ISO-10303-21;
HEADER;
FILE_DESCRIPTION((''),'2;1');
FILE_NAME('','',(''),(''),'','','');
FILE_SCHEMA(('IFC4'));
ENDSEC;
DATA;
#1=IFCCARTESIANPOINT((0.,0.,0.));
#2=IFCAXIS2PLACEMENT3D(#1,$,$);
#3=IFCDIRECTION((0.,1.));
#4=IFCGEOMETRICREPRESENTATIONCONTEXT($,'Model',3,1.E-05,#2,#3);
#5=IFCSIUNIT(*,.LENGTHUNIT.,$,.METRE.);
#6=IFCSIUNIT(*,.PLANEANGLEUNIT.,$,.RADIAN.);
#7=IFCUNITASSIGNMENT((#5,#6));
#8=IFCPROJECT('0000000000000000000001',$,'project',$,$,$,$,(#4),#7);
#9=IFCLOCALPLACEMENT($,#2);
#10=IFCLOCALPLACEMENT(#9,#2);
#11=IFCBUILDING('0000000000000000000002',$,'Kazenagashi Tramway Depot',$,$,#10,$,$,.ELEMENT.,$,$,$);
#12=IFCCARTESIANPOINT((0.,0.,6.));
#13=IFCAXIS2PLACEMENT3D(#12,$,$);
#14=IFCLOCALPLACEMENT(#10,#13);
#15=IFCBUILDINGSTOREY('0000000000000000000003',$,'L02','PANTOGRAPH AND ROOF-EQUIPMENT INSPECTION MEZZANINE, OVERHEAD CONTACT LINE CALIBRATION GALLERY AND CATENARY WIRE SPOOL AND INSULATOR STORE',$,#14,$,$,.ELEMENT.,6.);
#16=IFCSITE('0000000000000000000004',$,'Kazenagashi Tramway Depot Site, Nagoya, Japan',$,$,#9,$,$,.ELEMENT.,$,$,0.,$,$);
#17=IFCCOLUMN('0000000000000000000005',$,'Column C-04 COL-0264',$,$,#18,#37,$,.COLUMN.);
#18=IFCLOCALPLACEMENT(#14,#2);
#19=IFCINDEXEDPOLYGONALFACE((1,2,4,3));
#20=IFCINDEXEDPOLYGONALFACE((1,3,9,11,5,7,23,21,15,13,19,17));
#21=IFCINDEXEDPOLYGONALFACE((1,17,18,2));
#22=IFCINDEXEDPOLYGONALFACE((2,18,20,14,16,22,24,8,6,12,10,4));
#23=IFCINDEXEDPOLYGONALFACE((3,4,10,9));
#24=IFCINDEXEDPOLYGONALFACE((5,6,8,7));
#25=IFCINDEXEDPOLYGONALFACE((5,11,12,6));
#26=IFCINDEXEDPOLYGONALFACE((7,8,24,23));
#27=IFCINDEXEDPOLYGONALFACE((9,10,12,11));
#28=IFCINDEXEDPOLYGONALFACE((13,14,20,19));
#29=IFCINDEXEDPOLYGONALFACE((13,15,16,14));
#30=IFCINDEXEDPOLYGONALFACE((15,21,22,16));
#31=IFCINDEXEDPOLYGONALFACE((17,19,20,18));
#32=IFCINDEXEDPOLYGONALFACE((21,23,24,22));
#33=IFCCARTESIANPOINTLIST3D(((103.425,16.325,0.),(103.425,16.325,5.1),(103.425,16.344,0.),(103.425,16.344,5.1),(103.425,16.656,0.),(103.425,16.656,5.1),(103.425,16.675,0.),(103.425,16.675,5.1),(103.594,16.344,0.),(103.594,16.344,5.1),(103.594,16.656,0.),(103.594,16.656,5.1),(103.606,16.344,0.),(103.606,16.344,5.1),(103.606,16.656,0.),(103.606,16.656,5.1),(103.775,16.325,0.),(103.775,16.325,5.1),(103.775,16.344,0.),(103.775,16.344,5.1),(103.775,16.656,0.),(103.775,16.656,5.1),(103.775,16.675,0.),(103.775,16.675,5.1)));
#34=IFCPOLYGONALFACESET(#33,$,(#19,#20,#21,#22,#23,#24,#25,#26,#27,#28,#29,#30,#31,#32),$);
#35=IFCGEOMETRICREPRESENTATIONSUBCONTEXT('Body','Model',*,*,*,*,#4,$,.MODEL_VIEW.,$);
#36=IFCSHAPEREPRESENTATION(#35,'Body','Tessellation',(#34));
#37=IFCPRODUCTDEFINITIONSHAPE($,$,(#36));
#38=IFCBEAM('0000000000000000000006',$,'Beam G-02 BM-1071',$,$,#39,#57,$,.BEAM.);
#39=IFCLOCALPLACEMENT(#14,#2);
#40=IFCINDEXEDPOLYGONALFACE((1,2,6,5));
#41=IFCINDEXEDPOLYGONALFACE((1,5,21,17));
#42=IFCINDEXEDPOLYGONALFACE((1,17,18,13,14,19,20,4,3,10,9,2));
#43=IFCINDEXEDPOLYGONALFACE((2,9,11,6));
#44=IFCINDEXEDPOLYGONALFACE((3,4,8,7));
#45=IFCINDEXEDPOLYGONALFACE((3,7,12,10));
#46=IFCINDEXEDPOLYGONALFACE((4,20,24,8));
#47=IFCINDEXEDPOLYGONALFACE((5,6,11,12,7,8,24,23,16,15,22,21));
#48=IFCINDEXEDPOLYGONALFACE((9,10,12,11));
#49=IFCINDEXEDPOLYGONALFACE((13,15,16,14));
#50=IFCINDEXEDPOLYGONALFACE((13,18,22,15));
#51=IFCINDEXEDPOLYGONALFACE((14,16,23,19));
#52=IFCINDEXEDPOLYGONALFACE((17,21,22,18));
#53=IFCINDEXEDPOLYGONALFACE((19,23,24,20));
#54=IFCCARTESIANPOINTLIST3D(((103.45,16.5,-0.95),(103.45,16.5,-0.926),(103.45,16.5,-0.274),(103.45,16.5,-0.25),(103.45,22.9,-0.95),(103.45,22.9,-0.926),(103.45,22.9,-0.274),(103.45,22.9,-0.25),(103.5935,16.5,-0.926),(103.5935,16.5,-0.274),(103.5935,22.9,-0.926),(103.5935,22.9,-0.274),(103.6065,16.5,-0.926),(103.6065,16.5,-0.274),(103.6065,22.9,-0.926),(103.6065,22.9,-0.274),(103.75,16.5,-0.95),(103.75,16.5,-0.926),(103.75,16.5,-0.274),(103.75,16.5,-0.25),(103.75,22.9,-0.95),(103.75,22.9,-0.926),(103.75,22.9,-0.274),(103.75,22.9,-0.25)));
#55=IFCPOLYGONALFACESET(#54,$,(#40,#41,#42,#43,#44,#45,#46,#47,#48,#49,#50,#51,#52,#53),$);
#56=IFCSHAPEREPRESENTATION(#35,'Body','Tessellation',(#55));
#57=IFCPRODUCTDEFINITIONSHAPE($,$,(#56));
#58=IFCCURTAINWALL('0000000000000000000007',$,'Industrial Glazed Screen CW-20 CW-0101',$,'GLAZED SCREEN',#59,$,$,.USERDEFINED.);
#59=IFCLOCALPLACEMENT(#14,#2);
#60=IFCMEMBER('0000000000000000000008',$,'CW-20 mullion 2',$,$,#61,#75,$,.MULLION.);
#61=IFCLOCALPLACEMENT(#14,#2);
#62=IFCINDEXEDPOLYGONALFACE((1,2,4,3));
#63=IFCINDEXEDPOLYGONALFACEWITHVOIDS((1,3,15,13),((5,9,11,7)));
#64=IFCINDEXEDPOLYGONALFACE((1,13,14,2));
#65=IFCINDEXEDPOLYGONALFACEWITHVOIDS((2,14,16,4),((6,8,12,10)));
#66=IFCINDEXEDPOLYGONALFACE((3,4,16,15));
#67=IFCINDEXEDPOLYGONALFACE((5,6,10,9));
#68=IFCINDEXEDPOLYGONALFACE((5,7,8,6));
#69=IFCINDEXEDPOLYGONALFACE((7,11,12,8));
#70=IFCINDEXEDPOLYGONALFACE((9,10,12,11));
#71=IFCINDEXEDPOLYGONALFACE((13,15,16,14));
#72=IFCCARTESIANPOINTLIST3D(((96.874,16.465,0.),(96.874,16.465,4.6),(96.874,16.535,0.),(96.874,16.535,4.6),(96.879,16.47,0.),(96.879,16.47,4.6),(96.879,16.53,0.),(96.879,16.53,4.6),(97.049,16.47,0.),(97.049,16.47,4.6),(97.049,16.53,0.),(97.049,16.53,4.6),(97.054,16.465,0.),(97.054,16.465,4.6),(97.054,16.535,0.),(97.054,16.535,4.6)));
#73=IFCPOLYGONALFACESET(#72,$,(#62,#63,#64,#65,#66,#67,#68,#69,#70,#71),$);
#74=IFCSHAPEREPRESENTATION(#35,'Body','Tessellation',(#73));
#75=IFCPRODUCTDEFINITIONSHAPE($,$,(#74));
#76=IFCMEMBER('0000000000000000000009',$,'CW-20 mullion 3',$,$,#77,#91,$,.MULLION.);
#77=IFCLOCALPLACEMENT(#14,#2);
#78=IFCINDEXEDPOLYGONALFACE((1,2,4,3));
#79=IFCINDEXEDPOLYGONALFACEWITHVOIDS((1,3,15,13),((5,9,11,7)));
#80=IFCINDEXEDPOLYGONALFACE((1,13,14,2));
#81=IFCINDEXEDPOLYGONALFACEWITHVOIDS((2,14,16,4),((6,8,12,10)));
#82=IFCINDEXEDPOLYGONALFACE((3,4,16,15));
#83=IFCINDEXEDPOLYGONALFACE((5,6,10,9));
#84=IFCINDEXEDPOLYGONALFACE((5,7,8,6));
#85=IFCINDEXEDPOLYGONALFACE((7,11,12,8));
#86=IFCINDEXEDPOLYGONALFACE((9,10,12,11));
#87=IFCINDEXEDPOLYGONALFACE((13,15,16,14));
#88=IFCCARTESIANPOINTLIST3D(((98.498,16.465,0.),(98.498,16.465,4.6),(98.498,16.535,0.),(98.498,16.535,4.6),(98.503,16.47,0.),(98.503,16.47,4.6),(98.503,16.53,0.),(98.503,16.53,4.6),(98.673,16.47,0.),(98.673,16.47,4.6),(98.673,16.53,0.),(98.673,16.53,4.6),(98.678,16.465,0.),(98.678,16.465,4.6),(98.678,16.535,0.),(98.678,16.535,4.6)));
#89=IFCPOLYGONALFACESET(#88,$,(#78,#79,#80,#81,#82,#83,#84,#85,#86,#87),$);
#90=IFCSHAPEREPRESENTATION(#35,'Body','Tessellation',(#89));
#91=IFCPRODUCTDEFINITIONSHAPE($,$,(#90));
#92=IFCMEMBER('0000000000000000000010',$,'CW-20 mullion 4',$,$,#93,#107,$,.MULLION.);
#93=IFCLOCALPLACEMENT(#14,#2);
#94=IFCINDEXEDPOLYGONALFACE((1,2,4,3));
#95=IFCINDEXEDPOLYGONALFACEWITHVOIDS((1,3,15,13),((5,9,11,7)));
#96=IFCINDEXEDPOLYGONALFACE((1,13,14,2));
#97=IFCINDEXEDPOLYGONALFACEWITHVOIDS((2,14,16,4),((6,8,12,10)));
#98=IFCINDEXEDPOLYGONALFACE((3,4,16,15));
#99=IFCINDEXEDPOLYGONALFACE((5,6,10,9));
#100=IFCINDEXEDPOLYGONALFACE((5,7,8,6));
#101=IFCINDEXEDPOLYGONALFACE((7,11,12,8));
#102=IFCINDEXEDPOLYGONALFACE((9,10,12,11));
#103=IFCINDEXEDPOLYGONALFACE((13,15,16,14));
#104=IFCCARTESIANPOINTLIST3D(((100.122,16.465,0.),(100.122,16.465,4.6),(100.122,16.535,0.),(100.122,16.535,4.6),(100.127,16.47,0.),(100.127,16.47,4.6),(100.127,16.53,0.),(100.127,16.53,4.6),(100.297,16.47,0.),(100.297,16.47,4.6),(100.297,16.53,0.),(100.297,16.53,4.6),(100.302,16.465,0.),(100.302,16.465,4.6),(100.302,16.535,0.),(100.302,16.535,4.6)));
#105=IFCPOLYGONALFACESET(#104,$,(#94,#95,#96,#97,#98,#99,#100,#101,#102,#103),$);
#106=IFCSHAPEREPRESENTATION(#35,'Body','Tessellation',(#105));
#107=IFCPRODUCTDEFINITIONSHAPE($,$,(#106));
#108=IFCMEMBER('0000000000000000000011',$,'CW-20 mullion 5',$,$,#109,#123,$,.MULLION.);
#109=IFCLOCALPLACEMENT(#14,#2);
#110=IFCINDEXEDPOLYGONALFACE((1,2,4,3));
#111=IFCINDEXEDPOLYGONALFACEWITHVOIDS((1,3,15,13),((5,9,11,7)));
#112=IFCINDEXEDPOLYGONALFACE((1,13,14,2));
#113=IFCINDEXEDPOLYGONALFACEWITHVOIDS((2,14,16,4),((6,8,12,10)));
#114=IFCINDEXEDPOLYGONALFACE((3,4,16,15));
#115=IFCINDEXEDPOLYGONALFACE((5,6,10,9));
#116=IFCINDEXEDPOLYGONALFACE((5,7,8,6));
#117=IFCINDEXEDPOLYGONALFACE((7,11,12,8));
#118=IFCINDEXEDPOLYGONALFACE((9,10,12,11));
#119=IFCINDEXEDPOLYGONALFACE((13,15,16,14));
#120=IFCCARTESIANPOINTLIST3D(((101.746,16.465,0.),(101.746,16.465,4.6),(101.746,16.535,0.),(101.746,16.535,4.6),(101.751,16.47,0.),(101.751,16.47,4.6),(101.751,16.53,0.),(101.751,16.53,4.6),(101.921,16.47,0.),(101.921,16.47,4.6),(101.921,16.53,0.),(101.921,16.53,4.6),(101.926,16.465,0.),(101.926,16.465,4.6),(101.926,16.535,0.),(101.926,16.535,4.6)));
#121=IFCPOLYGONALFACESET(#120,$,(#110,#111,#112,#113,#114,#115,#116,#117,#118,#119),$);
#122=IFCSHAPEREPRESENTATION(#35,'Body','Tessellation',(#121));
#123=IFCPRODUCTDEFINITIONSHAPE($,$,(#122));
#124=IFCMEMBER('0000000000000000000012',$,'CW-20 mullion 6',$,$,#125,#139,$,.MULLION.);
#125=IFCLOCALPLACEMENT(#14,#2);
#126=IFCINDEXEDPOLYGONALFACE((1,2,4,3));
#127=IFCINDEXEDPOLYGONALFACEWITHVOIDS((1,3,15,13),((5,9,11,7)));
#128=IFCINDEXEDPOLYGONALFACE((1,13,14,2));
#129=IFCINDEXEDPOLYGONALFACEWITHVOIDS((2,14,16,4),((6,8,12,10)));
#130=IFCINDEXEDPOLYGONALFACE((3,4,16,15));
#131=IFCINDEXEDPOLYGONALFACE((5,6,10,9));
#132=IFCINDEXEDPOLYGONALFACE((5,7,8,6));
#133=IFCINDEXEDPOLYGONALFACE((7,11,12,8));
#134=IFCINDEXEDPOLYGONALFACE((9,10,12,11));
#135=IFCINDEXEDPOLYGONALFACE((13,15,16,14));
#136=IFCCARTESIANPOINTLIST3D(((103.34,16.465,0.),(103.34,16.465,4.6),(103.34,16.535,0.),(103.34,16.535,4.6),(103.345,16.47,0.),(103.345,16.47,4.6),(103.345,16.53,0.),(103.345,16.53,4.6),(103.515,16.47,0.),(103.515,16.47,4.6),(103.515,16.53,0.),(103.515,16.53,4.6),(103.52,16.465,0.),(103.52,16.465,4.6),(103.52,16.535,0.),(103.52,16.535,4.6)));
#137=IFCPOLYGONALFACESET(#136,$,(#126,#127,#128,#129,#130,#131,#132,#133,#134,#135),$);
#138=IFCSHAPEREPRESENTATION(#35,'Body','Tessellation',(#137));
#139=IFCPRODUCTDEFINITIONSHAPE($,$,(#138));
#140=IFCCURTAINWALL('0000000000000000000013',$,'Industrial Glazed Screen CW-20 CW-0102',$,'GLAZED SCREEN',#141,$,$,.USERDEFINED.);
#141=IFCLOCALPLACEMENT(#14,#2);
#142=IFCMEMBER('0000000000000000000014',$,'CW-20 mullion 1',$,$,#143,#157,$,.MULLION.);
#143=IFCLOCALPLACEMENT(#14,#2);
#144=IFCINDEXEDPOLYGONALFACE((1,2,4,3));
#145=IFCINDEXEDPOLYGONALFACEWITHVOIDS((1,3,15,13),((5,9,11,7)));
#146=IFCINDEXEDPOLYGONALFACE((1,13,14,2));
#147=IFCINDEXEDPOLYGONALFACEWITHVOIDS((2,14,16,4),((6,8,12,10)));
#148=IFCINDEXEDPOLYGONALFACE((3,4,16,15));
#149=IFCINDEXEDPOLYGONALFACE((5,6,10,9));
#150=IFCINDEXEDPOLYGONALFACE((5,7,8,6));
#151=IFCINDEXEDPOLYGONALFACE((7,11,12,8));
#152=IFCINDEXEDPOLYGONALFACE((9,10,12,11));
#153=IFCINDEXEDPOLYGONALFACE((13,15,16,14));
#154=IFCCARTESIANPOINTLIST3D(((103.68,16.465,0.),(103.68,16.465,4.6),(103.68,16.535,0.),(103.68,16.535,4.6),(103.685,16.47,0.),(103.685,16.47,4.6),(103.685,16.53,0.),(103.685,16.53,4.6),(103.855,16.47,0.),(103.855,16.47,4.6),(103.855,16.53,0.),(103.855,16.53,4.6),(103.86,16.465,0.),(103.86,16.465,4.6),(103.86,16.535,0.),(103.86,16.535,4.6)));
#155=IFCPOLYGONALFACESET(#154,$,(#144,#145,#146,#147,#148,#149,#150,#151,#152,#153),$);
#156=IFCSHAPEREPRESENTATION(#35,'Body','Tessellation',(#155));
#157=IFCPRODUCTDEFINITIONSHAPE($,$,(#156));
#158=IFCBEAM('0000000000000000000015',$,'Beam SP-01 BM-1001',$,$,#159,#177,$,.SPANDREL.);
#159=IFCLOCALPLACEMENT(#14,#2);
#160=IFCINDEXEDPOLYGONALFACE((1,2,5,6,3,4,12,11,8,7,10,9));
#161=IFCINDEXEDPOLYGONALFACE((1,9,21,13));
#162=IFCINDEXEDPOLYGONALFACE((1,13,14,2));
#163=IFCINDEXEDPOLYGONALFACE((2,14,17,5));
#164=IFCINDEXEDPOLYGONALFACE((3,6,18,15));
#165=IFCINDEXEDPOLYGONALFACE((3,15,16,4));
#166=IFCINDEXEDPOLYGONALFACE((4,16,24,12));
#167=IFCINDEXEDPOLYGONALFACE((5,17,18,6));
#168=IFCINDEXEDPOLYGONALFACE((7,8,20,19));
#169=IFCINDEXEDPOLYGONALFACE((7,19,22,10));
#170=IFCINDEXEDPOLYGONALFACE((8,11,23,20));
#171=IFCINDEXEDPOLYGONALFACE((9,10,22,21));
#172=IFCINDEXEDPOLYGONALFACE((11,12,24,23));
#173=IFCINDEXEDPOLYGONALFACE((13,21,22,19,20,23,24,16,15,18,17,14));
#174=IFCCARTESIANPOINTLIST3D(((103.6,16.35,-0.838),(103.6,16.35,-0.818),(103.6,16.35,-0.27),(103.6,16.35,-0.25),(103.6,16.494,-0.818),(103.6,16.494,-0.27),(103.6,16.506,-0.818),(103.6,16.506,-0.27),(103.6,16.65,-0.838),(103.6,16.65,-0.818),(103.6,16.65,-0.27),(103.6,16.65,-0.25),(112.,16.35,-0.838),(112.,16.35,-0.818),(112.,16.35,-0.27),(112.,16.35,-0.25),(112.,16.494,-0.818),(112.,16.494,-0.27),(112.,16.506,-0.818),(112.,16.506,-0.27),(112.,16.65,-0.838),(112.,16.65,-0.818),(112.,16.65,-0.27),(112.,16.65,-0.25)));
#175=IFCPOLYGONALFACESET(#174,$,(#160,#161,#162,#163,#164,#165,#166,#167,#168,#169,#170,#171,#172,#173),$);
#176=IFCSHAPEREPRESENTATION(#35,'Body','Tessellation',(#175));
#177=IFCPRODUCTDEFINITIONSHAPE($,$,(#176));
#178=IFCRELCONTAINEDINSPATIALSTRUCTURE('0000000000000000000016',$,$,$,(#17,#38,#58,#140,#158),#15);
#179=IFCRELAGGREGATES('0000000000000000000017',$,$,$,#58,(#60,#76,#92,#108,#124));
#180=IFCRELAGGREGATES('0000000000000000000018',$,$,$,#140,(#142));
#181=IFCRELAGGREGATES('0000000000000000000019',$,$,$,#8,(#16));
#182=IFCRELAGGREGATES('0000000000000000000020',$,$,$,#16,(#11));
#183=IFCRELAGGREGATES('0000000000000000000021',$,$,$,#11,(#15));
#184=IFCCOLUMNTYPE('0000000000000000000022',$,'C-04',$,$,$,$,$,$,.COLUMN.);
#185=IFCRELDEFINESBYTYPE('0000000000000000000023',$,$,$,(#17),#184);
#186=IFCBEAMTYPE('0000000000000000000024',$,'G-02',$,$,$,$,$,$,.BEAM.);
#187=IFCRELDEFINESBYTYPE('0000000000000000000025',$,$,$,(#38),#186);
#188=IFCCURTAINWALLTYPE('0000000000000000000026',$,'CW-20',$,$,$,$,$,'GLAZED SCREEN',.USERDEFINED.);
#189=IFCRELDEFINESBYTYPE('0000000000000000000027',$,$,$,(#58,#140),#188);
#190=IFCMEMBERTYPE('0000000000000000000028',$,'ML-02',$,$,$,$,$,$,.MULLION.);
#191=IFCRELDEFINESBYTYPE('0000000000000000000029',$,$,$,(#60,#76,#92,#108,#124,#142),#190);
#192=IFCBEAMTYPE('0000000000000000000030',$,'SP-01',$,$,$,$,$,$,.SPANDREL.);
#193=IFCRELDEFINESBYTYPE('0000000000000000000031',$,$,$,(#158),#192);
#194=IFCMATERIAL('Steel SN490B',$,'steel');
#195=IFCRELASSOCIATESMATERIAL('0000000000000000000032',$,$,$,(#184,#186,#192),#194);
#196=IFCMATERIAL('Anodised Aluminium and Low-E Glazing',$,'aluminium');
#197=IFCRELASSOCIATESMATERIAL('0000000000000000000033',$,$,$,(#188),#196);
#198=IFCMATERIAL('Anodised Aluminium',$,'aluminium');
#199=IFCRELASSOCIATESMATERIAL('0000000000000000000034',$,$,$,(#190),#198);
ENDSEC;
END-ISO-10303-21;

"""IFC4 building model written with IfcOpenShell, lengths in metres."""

from ifc_helpers import new_model, si_unit, direction, frame, origin, origin_2d, place, context, subcontext, project, spatial, hollow_rectangle, i_section, extrude, material, material_profile, profile_set, type_object, element, aggregate, save


model = new_model("IFC4")

# Units and contexts
model_context = context("Model", 3, precision=1e-05, world=origin(), true_north=direction((0.0, 1.0)))
body_context = subcontext(model_context, "Body", "Model", "MODEL_VIEW")
ifc_project = project(units=[si_unit("LENGTHUNIT", "METRE"), si_unit("PLANEANGLEUNIT", "RADIAN")], contexts=[model_context])

# Site, building, storey
site_placement = place(None, origin())
site = spatial("IfcSite", under=ifc_project, at=site_placement, Name="Kazenagashi Tramway Depot Site, Nagoya, Japan", CompositionType="ELEMENT", RefElevation=0.0)
building_placement = place(site_placement, origin())
building = spatial("IfcBuilding", under=site, at=building_placement, Name="Kazenagashi Tramway Depot", CompositionType="ELEMENT")
storey_placement = place(building_placement, frame((0.0, 0.0, 6.0)))
storey = spatial("IfcBuildingStorey", under=building, at=storey_placement, Name="L02", Description="PANTOGRAPH AND ROOF-EQUIPMENT INSPECTION MEZZANINE, OVERHEAD CONTACT LINE CALIBRATION GALLERY AND CATENARY WIRE SPOOL AND INSULATOR STORE", CompositionType="ELEMENT", Elevation=6.0)

# Column
ifc_material_1 = material(Name="Steel SN490B", Category="steel")
ifc_material_profile_1 = material_profile(ifc_material_1, i_section(OverallWidth=0.35, OverallDepth=0.35, WebThickness=0.012, FlangeThickness=0.019, at=origin_2d()), Name="H-350x350x12x19")
ifc_profile_set_1 = profile_set([ifc_material_profile_1], Name="Steel SN490B")
column_type = type_object("IfcColumnType", Name="C-04", PredefinedType="COLUMN", material=ifc_profile_set_1)
column_placement = place(storey_placement, frame((103.6, 16.5, 0.0), z_axis=(0.0, 0.0, 1.0), x_axis=(1.0, 0.0, 0.0)))
element("IfcColumn", 1, at=column_placement, inside=storey, type_object=column_type, Name="Column C-04 COL-0264", PredefinedType="COLUMN", context=body_context, shape_type="SweptSolid", body=[
    extrude(i_section(OverallWidth=0.35, OverallDepth=0.35, WebThickness=0.012, FlangeThickness=0.019, at=origin_2d()), origin(), (0.0, 0.0, 1.0), 5.1),
])

# Beam
ifc_material_profile_2 = material_profile(ifc_material_1, i_section(OverallWidth=0.3, OverallDepth=0.7, WebThickness=0.013, FlangeThickness=0.024, at=origin_2d()), Name="H-700x300x13x24")
ifc_profile_set_2 = profile_set([ifc_material_profile_2], Name="Steel SN490B")
beam_type_1 = type_object("IfcBeamType", Name="G-02", PredefinedType="BEAM", material=ifc_profile_set_2)
beam_1_placement = place(storey_placement, frame((103.6, 16.5, -0.6), z_axis=(0.0, 1.0, 0.0), x_axis=(-1.0, 0.0, 0.0)))
element("IfcBeam", 2, at=beam_1_placement, inside=storey, type_object=beam_type_1, Name="Beam G-02 BM-1071", PredefinedType="BEAM", context=body_context, shape_type="SweptSolid", body=[
    extrude(i_section(OverallWidth=0.3, OverallDepth=0.7, WebThickness=0.013, FlangeThickness=0.024, at=origin_2d()), origin(), (0.0, 0.0, 1.0), 6.4),
])

# Curtain wall, members
ifc_material_2 = material(Name="Anodised Aluminium and Low-E Glazing", Category="aluminium")
curtain_wall_type = type_object("IfcCurtainWallType", Name="CW-20", ElementType="GLAZED SCREEN", PredefinedType="USERDEFINED", material=ifc_material_2)
curtain_wall_1_placement = place(storey_placement, origin())
curtain_wall_1 = element("IfcCurtainWall", 3, at=curtain_wall_1_placement, inside=storey, type_object=curtain_wall_type, Name="Industrial Glazed Screen CW-20 CW-0101", ObjectType="GLAZED SCREEN", PredefinedType="USERDEFINED")
ifc_material_3 = material(Name="Anodised Aluminium", Category="aluminium")
ifc_material_profile_3 = material_profile(ifc_material_3, hollow_rectangle(XDim=0.07, YDim=0.18, WallThickness=0.005, at=origin_2d()), Name="RHS-180x70x5")
ifc_profile_set_3 = profile_set([ifc_material_profile_3], Name="Anodised Aluminium")
member_type_1 = type_object("IfcMemberType", Name="ML-02", PredefinedType="MULLION", material=ifc_profile_set_3)
member_1_placement = place(storey_placement, frame((96.964, 16.5, 0.0), z_axis=(0.0, 0.0, 1.0), x_axis=(0.0, 1.0, 0.0)))
member_1 = element("IfcMember", 4, at=member_1_placement, type_object=member_type_1, Name="CW-20 mullion 2", PredefinedType="MULLION", context=body_context, shape_type="SweptSolid", body=[
    extrude(hollow_rectangle(XDim=0.07, YDim=0.18, WallThickness=0.005, at=origin_2d()), origin(), (0.0, 0.0, 1.0), 4.6),
])
member_2_placement = place(storey_placement, frame((98.588, 16.5, 0.0), z_axis=(0.0, 0.0, 1.0), x_axis=(0.0, 1.0, 0.0)))
member_2 = element("IfcMember", 5, at=member_2_placement, type_object=member_type_1, Name="CW-20 mullion 3", PredefinedType="MULLION", context=body_context, shape_type="SweptSolid", body=[
    extrude(hollow_rectangle(XDim=0.07, YDim=0.18, WallThickness=0.005, at=origin_2d()), origin(), (0.0, 0.0, 1.0), 4.6),
])
member_3_placement = place(storey_placement, frame((100.212, 16.5, 0.0), z_axis=(0.0, 0.0, 1.0), x_axis=(0.0, 1.0, 0.0)))
member_3 = element("IfcMember", 6, at=member_3_placement, type_object=member_type_1, Name="CW-20 mullion 4", PredefinedType="MULLION", context=body_context, shape_type="SweptSolid", body=[
    extrude(hollow_rectangle(XDim=0.07, YDim=0.18, WallThickness=0.005, at=origin_2d()), origin(), (0.0, 0.0, 1.0), 4.6),
])
member_4_placement = place(storey_placement, frame((101.836, 16.5, 0.0), z_axis=(0.0, 0.0, 1.0), x_axis=(0.0, 1.0, 0.0)))
member_4 = element("IfcMember", 7, at=member_4_placement, type_object=member_type_1, Name="CW-20 mullion 5", PredefinedType="MULLION", context=body_context, shape_type="SweptSolid", body=[
    extrude(hollow_rectangle(XDim=0.07, YDim=0.18, WallThickness=0.005, at=origin_2d()), origin(), (0.0, 0.0, 1.0), 4.6),
])
member_5_placement = place(storey_placement, frame((103.43, 16.5, 0.0), z_axis=(0.0, 0.0, 1.0), x_axis=(0.0, 1.0, 0.0)))
member_5 = element("IfcMember", 8, at=member_5_placement, type_object=member_type_1, Name="CW-20 mullion 6", PredefinedType="MULLION", context=body_context, shape_type="SweptSolid", body=[
    extrude(hollow_rectangle(XDim=0.07, YDim=0.18, WallThickness=0.005, at=origin_2d()), origin(), (0.0, 0.0, 1.0), 4.6),
])

# Curtain wall, member
curtain_wall_2_placement = place(storey_placement, origin())
curtain_wall_2 = element("IfcCurtainWall", 9, at=curtain_wall_2_placement, inside=storey, type_object=curtain_wall_type, Name="Industrial Glazed Screen CW-20 CW-0102", ObjectType="GLAZED SCREEN", PredefinedType="USERDEFINED")
member_6_placement = place(storey_placement, frame((103.77, 16.5, 0.0), z_axis=(0.0, 0.0, 1.0), x_axis=(0.0, 1.0, 0.0)))
member_6 = element("IfcMember", 10, at=member_6_placement, type_object=member_type_1, Name="CW-20 mullion 1", PredefinedType="MULLION", context=body_context, shape_type="SweptSolid", body=[
    extrude(hollow_rectangle(XDim=0.07, YDim=0.18, WallThickness=0.005, at=origin_2d()), origin(), (0.0, 0.0, 1.0), 4.6),
])

# Beam
ifc_material_profile_4 = material_profile(ifc_material_1, i_section(OverallWidth=0.3, OverallDepth=0.588, WebThickness=0.012, FlangeThickness=0.02, at=origin_2d()), Name="H-588x300x12x20")
ifc_profile_set_4 = profile_set([ifc_material_profile_4], Name="Steel SN490B")
beam_type_2 = type_object("IfcBeamType", Name="SP-01", PredefinedType="SPANDREL", material=ifc_profile_set_4)
beam_2_placement = place(storey_placement, frame((103.6, 16.5, -0.544), z_axis=(1.0, 0.0, 0.0), x_axis=(0.0, 1.0, 0.0)))
element("IfcBeam", 11, at=beam_2_placement, inside=storey, type_object=beam_type_2, Name="Beam SP-01 BM-1001", PredefinedType="SPANDREL", context=body_context, shape_type="SweptSolid", body=[
    extrude(i_section(OverallWidth=0.3, OverallDepth=0.588, WebThickness=0.012, FlangeThickness=0.02, at=origin_2d()), origin(), (0.0, 0.0, 1.0), 8.4),
])

aggregate(curtain_wall_1, [member_1, member_2, member_3, member_4, member_5])
aggregate(curtain_wall_2, [member_6])

save(model, "model.ifc")
